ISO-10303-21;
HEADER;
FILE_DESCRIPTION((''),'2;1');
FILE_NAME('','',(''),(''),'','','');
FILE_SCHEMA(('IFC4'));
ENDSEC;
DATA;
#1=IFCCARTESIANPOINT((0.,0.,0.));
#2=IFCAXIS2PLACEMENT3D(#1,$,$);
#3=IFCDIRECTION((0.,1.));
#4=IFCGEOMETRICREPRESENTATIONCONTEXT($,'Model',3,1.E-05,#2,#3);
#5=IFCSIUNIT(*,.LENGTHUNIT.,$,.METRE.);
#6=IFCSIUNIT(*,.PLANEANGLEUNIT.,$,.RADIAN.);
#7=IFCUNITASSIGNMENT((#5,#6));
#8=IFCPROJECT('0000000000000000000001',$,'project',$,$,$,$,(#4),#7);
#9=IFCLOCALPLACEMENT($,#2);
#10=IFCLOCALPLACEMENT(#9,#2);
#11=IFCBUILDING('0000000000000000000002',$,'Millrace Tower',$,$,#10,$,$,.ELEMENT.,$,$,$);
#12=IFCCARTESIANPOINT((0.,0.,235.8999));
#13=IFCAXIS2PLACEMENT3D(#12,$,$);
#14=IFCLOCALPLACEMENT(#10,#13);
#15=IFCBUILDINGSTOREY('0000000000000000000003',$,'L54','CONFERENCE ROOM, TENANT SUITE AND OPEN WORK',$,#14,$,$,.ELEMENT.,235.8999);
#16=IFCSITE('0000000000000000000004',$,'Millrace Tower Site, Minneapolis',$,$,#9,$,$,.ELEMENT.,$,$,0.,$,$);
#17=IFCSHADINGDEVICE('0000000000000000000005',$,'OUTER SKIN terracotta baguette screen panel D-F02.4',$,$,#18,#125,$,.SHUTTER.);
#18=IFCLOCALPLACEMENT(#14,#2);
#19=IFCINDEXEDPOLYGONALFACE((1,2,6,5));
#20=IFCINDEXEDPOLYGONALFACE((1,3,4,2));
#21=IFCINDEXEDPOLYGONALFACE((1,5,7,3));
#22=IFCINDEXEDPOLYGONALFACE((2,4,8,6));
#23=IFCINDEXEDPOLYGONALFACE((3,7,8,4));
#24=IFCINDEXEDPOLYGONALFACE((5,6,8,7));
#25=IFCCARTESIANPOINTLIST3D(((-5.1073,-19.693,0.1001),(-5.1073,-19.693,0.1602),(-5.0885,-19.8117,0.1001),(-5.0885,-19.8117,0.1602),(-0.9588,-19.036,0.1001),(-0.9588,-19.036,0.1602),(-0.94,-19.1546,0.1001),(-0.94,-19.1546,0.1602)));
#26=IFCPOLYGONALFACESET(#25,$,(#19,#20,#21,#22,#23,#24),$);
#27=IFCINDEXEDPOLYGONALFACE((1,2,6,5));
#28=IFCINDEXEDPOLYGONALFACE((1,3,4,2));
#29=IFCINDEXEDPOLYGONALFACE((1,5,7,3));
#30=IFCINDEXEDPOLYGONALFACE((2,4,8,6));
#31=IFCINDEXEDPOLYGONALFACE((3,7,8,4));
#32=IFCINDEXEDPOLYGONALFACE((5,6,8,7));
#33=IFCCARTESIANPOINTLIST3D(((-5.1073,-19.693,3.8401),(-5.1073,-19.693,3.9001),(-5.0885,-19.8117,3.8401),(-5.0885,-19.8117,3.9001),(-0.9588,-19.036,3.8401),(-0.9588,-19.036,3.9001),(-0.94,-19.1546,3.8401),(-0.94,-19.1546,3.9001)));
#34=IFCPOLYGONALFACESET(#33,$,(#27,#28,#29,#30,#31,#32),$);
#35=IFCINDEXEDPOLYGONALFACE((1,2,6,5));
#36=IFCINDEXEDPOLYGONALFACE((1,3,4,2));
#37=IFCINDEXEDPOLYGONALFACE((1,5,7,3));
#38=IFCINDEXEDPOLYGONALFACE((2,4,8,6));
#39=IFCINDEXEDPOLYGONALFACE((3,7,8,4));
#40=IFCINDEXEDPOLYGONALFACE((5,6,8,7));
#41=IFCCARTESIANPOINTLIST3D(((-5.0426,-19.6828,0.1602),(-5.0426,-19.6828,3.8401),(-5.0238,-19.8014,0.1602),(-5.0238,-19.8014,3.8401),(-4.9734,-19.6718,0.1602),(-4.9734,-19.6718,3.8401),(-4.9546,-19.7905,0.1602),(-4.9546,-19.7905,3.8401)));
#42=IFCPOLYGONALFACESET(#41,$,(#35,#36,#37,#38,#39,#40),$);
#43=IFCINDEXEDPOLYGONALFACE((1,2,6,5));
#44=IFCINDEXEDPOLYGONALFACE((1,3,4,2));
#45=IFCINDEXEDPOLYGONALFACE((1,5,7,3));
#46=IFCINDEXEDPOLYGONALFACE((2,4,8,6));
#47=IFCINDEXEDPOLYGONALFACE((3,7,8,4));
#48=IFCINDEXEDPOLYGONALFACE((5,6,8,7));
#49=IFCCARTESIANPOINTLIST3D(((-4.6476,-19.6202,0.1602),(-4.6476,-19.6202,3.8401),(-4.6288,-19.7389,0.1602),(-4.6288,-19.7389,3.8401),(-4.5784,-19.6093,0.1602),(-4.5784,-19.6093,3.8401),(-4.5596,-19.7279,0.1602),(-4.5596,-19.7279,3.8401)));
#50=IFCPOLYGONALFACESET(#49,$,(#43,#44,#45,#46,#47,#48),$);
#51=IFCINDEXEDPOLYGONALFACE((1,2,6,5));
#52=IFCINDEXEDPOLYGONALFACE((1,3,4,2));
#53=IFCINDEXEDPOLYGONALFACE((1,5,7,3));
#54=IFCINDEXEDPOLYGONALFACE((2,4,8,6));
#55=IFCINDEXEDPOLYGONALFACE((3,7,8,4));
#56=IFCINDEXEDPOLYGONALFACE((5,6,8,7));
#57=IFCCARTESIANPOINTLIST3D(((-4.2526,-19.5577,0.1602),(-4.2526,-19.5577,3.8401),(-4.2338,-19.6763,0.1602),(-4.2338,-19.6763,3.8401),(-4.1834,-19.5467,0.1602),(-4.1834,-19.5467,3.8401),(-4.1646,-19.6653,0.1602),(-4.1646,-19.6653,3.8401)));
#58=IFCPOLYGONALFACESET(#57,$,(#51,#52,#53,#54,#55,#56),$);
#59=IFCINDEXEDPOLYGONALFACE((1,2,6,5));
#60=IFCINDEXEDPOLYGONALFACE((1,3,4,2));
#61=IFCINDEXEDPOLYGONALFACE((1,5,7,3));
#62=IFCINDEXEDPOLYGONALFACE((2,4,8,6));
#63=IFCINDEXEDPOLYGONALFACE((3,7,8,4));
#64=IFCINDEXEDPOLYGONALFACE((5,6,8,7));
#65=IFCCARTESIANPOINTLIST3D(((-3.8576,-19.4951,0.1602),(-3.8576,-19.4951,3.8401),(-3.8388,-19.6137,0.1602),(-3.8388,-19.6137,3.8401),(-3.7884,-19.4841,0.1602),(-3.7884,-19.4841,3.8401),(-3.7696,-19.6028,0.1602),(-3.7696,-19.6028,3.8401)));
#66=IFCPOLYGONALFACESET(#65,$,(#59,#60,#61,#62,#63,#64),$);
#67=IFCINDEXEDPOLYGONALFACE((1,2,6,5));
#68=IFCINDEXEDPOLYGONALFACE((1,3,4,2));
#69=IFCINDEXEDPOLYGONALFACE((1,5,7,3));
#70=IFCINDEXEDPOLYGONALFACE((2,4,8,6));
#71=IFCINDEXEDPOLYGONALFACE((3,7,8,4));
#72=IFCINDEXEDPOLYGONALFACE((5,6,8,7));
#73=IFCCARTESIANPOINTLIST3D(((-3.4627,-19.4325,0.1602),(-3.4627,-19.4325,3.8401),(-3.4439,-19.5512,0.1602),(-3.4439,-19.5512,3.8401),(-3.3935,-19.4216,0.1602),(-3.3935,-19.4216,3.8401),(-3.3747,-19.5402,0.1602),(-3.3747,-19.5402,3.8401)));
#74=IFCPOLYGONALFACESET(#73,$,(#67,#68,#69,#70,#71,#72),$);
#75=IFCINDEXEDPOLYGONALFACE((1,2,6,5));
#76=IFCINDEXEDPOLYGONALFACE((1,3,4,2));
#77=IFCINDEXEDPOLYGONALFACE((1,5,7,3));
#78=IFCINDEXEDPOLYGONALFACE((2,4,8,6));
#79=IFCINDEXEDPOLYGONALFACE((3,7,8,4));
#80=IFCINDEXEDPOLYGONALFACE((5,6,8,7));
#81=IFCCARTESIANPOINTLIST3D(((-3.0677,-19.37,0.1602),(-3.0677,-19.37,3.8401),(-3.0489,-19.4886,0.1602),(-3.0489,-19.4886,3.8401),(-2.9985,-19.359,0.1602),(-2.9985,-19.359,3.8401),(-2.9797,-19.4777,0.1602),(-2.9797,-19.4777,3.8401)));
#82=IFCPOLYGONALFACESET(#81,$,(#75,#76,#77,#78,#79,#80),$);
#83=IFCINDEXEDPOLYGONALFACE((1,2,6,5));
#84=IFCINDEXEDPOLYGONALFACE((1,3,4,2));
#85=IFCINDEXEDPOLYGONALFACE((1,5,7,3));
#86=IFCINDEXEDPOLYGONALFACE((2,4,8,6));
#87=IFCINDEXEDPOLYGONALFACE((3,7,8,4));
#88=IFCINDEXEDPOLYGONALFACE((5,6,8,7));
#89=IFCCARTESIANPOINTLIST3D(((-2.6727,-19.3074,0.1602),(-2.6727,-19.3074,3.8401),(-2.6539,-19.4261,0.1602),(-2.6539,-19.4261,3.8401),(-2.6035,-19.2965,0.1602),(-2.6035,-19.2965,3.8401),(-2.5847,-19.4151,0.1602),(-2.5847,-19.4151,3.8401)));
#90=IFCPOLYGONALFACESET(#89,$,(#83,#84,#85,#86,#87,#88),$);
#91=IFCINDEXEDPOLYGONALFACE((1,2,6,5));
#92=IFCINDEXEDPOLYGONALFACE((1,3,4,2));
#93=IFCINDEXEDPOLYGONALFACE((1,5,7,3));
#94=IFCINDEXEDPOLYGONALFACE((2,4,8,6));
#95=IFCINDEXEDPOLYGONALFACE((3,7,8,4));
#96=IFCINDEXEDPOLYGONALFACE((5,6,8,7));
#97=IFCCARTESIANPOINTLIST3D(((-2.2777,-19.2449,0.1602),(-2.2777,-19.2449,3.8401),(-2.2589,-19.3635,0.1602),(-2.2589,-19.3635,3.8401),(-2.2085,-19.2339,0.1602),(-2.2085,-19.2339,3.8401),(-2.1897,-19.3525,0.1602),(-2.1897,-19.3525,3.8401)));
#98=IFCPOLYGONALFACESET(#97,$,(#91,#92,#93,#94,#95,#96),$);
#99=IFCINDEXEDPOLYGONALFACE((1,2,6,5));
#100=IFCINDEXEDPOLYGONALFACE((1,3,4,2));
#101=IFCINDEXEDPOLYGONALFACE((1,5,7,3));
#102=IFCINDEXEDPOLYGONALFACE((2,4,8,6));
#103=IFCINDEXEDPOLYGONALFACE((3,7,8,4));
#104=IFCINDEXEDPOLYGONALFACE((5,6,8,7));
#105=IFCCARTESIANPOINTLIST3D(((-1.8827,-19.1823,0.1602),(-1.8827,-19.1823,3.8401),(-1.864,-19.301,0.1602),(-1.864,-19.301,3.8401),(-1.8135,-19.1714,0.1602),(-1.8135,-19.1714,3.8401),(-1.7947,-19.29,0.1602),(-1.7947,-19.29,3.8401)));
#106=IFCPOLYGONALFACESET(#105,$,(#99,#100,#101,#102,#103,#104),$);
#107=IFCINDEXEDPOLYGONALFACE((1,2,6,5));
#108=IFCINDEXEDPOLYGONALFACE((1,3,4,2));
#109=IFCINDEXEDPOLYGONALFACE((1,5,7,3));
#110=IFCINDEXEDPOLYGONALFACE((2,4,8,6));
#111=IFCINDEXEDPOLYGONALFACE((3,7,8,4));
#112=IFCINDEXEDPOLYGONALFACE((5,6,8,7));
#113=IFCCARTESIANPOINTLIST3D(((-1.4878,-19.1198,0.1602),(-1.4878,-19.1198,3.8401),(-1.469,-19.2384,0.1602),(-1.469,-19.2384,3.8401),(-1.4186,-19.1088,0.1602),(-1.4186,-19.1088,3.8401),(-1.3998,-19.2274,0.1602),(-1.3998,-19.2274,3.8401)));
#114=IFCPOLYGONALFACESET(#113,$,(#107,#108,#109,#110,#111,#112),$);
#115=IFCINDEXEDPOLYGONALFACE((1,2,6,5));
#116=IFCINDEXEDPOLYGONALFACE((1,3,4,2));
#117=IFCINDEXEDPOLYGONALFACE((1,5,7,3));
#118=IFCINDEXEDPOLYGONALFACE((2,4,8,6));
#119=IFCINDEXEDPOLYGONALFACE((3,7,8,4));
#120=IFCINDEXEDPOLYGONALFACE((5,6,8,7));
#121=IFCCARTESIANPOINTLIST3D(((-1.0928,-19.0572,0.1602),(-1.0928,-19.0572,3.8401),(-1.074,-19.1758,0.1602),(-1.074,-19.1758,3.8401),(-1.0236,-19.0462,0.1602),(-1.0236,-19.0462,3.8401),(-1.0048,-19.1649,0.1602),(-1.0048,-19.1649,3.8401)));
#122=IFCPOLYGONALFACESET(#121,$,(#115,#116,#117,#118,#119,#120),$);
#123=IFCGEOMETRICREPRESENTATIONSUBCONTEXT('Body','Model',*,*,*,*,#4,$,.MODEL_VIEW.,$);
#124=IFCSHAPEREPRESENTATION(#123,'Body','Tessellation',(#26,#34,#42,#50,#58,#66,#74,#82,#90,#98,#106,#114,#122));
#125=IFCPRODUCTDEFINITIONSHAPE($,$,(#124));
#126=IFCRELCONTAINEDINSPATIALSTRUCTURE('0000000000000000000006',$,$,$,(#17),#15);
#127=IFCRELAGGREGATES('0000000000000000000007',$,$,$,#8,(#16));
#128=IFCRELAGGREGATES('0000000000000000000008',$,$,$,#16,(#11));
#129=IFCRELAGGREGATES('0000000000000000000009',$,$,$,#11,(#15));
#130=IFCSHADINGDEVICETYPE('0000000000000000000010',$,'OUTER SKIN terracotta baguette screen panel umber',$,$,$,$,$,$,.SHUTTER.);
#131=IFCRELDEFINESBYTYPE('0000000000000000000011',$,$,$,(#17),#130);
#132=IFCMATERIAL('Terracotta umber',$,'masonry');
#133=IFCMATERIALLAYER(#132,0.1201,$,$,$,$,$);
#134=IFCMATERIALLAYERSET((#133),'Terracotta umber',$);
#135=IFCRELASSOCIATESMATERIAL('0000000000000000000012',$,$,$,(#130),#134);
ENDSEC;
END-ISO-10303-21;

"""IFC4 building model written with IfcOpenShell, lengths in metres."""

from ifc_helpers import new_model, entity, si_unit, direction, frame, frame_2d, origin, origin_2d, place, context, subcontext, project, spatial, rectangle, extrude, source, transform, mapped, material, layer, layer_set, type_object, element, save


model = new_model("IFC4")

# Units and contexts
model_context = context("Model", 3, precision=1e-05, world=origin(), true_north=direction((0.0, 1.0)))
body_context = subcontext(model_context, "Body", "Model", "MODEL_VIEW")
ifc_project = project(units=[si_unit("LENGTHUNIT", "METRE"), si_unit("PLANEANGLEUNIT", "RADIAN")], contexts=[model_context])

# Site, building, storey
site_placement = place(None, origin())
site = spatial("IfcSite", under=ifc_project, at=site_placement, Name="Millrace Tower Site, Minneapolis", CompositionType="ELEMENT", RefElevation=0.0)
building_placement = place(site_placement, origin())
building = spatial("IfcBuilding", under=site, at=building_placement, Name="Millrace Tower", CompositionType="ELEMENT")
storey_placement = place(building_placement, frame((0.0, 0.0, 235.8999)))
storey = spatial("IfcBuildingStorey", under=building, at=storey_placement, Name="L54", Description="CONFERENCE ROOM, TENANT SUITE AND OPEN WORK", CompositionType="ELEMENT", Elevation=235.8999)

# Shading device
ifc_material_1 = material(Name="Terracotta umber", Category="masonry")
ifc_layer_1 = layer(ifc_material_1, 0.1201)
ifc_layer_set_1 = layer_set([ifc_layer_1], Name="Terracotta umber")
shading_device_type = type_object("IfcShadingDeviceType", Name="OUTER SKIN terracotta baguette screen panel umber", PredefinedType="SHUTTER", material=ifc_layer_set_1)
cartesian_point = entity("IfcCartesianPoint", [-2.1001, 0.0601])
shared_polyline = entity("IfcPolyline", [cartesian_point, entity("IfcCartesianPoint", [2.1001, 0.0601]), entity("IfcCartesianPoint", [2.1001, -0.0601]), entity("IfcCartesianPoint", [-2.1001, -0.0601]), cartesian_point])
shared_shape = source(origin(), body_context, "Body", "SweptSolid", [
    entity("IfcExtrudedAreaSolid", entity("IfcArbitraryClosedProfileDef", "AREA", None, shared_polyline), entity("IfcAxis2Placement3D", entity("IfcCartesianPoint", [0.0, 0.0, 0.0])), entity("IfcDirection", [0.0, 0.0, 1.0]), 0.0601),
    entity("IfcExtrudedAreaSolid", entity("IfcArbitraryClosedProfileDef", "AREA", None, shared_polyline), entity("IfcAxis2Placement3D", entity("IfcCartesianPoint", [0.0, 0.0, 3.74])), entity("IfcDirection", [0.0, 0.0, 1.0]), 0.0601),
    extrude(rectangle(XDim=0.0701, YDim=0.1201, at=frame_2d((-1.9995, 0.0))), frame((0.0, 0.0, 0.0601)), (0.0, 0.0, 1.0), 3.6799),
    extrude(rectangle(XDim=0.0701, YDim=0.1201, at=frame_2d((-1.5996, 0.0))), frame((0.0, 0.0, 0.0601)), (0.0, 0.0, 1.0), 3.6799),
    extrude(rectangle(XDim=0.0701, YDim=0.1201, at=frame_2d((-1.1997, 0.0))), frame((0.0, 0.0, 0.0601)), (0.0, 0.0, 1.0), 3.6799),
    extrude(rectangle(XDim=0.0701, YDim=0.1201, at=frame_2d((-0.7998, 0.0))), frame((0.0, 0.0, 0.0601)), (0.0, 0.0, 1.0), 3.6799),
    extrude(rectangle(XDim=0.0701, YDim=0.1201, at=frame_2d((-0.3999, 0.0))), frame((0.0, 0.0, 0.0601)), (0.0, 0.0, 1.0), 3.6799),
    extrude(rectangle(XDim=0.0701, YDim=0.1201, at=origin_2d()), frame((0.0, 0.0, 0.0601)), (0.0, 0.0, 1.0), 3.6799),
    extrude(rectangle(XDim=0.0701, YDim=0.1201, at=frame_2d((0.3999, 0.0))), frame((0.0, 0.0, 0.0601)), (0.0, 0.0, 1.0), 3.6799),
    extrude(rectangle(XDim=0.0701, YDim=0.1201, at=frame_2d((0.7998, 0.0))), frame((0.0, 0.0, 0.0601)), (0.0, 0.0, 1.0), 3.6799),
    extrude(rectangle(XDim=0.0701, YDim=0.1201, at=frame_2d((1.1997, 0.0))), frame((0.0, 0.0, 0.0601)), (0.0, 0.0, 1.0), 3.6799),
    extrude(rectangle(XDim=0.0701, YDim=0.1201, at=frame_2d((1.5996, 0.0))), frame((0.0, 0.0, 0.0601)), (0.0, 0.0, 1.0), 3.6799),
    extrude(rectangle(XDim=0.0701, YDim=0.1201, at=frame_2d((1.9995, 0.0))), frame((0.0, 0.0, 0.0601)), (0.0, 0.0, 1.0), 3.6799),
])
for number, where, z_axis, x_axis, name in (
    (1, (-3.0237, -19.4238, 0.1001), (0.0, 0.0, 1.0), (0.987688, 0.156434, 0.0), "OUTER SKIN terracotta baguette screen panel D-F02.4"),
):
    element("IfcShadingDevice", number, at=place(storey_placement, frame(where, z_axis=z_axis, x_axis=x_axis)), inside=storey, type_object=shading_device_type, Name=name, PredefinedType="SHUTTER", context=body_context, shape_type="MappedRepresentation", body=[
        mapped(shared_shape, transform((0.0, 0.0, 0.0), scale=1.0)),
    ])

save(model, "model.ifc")
